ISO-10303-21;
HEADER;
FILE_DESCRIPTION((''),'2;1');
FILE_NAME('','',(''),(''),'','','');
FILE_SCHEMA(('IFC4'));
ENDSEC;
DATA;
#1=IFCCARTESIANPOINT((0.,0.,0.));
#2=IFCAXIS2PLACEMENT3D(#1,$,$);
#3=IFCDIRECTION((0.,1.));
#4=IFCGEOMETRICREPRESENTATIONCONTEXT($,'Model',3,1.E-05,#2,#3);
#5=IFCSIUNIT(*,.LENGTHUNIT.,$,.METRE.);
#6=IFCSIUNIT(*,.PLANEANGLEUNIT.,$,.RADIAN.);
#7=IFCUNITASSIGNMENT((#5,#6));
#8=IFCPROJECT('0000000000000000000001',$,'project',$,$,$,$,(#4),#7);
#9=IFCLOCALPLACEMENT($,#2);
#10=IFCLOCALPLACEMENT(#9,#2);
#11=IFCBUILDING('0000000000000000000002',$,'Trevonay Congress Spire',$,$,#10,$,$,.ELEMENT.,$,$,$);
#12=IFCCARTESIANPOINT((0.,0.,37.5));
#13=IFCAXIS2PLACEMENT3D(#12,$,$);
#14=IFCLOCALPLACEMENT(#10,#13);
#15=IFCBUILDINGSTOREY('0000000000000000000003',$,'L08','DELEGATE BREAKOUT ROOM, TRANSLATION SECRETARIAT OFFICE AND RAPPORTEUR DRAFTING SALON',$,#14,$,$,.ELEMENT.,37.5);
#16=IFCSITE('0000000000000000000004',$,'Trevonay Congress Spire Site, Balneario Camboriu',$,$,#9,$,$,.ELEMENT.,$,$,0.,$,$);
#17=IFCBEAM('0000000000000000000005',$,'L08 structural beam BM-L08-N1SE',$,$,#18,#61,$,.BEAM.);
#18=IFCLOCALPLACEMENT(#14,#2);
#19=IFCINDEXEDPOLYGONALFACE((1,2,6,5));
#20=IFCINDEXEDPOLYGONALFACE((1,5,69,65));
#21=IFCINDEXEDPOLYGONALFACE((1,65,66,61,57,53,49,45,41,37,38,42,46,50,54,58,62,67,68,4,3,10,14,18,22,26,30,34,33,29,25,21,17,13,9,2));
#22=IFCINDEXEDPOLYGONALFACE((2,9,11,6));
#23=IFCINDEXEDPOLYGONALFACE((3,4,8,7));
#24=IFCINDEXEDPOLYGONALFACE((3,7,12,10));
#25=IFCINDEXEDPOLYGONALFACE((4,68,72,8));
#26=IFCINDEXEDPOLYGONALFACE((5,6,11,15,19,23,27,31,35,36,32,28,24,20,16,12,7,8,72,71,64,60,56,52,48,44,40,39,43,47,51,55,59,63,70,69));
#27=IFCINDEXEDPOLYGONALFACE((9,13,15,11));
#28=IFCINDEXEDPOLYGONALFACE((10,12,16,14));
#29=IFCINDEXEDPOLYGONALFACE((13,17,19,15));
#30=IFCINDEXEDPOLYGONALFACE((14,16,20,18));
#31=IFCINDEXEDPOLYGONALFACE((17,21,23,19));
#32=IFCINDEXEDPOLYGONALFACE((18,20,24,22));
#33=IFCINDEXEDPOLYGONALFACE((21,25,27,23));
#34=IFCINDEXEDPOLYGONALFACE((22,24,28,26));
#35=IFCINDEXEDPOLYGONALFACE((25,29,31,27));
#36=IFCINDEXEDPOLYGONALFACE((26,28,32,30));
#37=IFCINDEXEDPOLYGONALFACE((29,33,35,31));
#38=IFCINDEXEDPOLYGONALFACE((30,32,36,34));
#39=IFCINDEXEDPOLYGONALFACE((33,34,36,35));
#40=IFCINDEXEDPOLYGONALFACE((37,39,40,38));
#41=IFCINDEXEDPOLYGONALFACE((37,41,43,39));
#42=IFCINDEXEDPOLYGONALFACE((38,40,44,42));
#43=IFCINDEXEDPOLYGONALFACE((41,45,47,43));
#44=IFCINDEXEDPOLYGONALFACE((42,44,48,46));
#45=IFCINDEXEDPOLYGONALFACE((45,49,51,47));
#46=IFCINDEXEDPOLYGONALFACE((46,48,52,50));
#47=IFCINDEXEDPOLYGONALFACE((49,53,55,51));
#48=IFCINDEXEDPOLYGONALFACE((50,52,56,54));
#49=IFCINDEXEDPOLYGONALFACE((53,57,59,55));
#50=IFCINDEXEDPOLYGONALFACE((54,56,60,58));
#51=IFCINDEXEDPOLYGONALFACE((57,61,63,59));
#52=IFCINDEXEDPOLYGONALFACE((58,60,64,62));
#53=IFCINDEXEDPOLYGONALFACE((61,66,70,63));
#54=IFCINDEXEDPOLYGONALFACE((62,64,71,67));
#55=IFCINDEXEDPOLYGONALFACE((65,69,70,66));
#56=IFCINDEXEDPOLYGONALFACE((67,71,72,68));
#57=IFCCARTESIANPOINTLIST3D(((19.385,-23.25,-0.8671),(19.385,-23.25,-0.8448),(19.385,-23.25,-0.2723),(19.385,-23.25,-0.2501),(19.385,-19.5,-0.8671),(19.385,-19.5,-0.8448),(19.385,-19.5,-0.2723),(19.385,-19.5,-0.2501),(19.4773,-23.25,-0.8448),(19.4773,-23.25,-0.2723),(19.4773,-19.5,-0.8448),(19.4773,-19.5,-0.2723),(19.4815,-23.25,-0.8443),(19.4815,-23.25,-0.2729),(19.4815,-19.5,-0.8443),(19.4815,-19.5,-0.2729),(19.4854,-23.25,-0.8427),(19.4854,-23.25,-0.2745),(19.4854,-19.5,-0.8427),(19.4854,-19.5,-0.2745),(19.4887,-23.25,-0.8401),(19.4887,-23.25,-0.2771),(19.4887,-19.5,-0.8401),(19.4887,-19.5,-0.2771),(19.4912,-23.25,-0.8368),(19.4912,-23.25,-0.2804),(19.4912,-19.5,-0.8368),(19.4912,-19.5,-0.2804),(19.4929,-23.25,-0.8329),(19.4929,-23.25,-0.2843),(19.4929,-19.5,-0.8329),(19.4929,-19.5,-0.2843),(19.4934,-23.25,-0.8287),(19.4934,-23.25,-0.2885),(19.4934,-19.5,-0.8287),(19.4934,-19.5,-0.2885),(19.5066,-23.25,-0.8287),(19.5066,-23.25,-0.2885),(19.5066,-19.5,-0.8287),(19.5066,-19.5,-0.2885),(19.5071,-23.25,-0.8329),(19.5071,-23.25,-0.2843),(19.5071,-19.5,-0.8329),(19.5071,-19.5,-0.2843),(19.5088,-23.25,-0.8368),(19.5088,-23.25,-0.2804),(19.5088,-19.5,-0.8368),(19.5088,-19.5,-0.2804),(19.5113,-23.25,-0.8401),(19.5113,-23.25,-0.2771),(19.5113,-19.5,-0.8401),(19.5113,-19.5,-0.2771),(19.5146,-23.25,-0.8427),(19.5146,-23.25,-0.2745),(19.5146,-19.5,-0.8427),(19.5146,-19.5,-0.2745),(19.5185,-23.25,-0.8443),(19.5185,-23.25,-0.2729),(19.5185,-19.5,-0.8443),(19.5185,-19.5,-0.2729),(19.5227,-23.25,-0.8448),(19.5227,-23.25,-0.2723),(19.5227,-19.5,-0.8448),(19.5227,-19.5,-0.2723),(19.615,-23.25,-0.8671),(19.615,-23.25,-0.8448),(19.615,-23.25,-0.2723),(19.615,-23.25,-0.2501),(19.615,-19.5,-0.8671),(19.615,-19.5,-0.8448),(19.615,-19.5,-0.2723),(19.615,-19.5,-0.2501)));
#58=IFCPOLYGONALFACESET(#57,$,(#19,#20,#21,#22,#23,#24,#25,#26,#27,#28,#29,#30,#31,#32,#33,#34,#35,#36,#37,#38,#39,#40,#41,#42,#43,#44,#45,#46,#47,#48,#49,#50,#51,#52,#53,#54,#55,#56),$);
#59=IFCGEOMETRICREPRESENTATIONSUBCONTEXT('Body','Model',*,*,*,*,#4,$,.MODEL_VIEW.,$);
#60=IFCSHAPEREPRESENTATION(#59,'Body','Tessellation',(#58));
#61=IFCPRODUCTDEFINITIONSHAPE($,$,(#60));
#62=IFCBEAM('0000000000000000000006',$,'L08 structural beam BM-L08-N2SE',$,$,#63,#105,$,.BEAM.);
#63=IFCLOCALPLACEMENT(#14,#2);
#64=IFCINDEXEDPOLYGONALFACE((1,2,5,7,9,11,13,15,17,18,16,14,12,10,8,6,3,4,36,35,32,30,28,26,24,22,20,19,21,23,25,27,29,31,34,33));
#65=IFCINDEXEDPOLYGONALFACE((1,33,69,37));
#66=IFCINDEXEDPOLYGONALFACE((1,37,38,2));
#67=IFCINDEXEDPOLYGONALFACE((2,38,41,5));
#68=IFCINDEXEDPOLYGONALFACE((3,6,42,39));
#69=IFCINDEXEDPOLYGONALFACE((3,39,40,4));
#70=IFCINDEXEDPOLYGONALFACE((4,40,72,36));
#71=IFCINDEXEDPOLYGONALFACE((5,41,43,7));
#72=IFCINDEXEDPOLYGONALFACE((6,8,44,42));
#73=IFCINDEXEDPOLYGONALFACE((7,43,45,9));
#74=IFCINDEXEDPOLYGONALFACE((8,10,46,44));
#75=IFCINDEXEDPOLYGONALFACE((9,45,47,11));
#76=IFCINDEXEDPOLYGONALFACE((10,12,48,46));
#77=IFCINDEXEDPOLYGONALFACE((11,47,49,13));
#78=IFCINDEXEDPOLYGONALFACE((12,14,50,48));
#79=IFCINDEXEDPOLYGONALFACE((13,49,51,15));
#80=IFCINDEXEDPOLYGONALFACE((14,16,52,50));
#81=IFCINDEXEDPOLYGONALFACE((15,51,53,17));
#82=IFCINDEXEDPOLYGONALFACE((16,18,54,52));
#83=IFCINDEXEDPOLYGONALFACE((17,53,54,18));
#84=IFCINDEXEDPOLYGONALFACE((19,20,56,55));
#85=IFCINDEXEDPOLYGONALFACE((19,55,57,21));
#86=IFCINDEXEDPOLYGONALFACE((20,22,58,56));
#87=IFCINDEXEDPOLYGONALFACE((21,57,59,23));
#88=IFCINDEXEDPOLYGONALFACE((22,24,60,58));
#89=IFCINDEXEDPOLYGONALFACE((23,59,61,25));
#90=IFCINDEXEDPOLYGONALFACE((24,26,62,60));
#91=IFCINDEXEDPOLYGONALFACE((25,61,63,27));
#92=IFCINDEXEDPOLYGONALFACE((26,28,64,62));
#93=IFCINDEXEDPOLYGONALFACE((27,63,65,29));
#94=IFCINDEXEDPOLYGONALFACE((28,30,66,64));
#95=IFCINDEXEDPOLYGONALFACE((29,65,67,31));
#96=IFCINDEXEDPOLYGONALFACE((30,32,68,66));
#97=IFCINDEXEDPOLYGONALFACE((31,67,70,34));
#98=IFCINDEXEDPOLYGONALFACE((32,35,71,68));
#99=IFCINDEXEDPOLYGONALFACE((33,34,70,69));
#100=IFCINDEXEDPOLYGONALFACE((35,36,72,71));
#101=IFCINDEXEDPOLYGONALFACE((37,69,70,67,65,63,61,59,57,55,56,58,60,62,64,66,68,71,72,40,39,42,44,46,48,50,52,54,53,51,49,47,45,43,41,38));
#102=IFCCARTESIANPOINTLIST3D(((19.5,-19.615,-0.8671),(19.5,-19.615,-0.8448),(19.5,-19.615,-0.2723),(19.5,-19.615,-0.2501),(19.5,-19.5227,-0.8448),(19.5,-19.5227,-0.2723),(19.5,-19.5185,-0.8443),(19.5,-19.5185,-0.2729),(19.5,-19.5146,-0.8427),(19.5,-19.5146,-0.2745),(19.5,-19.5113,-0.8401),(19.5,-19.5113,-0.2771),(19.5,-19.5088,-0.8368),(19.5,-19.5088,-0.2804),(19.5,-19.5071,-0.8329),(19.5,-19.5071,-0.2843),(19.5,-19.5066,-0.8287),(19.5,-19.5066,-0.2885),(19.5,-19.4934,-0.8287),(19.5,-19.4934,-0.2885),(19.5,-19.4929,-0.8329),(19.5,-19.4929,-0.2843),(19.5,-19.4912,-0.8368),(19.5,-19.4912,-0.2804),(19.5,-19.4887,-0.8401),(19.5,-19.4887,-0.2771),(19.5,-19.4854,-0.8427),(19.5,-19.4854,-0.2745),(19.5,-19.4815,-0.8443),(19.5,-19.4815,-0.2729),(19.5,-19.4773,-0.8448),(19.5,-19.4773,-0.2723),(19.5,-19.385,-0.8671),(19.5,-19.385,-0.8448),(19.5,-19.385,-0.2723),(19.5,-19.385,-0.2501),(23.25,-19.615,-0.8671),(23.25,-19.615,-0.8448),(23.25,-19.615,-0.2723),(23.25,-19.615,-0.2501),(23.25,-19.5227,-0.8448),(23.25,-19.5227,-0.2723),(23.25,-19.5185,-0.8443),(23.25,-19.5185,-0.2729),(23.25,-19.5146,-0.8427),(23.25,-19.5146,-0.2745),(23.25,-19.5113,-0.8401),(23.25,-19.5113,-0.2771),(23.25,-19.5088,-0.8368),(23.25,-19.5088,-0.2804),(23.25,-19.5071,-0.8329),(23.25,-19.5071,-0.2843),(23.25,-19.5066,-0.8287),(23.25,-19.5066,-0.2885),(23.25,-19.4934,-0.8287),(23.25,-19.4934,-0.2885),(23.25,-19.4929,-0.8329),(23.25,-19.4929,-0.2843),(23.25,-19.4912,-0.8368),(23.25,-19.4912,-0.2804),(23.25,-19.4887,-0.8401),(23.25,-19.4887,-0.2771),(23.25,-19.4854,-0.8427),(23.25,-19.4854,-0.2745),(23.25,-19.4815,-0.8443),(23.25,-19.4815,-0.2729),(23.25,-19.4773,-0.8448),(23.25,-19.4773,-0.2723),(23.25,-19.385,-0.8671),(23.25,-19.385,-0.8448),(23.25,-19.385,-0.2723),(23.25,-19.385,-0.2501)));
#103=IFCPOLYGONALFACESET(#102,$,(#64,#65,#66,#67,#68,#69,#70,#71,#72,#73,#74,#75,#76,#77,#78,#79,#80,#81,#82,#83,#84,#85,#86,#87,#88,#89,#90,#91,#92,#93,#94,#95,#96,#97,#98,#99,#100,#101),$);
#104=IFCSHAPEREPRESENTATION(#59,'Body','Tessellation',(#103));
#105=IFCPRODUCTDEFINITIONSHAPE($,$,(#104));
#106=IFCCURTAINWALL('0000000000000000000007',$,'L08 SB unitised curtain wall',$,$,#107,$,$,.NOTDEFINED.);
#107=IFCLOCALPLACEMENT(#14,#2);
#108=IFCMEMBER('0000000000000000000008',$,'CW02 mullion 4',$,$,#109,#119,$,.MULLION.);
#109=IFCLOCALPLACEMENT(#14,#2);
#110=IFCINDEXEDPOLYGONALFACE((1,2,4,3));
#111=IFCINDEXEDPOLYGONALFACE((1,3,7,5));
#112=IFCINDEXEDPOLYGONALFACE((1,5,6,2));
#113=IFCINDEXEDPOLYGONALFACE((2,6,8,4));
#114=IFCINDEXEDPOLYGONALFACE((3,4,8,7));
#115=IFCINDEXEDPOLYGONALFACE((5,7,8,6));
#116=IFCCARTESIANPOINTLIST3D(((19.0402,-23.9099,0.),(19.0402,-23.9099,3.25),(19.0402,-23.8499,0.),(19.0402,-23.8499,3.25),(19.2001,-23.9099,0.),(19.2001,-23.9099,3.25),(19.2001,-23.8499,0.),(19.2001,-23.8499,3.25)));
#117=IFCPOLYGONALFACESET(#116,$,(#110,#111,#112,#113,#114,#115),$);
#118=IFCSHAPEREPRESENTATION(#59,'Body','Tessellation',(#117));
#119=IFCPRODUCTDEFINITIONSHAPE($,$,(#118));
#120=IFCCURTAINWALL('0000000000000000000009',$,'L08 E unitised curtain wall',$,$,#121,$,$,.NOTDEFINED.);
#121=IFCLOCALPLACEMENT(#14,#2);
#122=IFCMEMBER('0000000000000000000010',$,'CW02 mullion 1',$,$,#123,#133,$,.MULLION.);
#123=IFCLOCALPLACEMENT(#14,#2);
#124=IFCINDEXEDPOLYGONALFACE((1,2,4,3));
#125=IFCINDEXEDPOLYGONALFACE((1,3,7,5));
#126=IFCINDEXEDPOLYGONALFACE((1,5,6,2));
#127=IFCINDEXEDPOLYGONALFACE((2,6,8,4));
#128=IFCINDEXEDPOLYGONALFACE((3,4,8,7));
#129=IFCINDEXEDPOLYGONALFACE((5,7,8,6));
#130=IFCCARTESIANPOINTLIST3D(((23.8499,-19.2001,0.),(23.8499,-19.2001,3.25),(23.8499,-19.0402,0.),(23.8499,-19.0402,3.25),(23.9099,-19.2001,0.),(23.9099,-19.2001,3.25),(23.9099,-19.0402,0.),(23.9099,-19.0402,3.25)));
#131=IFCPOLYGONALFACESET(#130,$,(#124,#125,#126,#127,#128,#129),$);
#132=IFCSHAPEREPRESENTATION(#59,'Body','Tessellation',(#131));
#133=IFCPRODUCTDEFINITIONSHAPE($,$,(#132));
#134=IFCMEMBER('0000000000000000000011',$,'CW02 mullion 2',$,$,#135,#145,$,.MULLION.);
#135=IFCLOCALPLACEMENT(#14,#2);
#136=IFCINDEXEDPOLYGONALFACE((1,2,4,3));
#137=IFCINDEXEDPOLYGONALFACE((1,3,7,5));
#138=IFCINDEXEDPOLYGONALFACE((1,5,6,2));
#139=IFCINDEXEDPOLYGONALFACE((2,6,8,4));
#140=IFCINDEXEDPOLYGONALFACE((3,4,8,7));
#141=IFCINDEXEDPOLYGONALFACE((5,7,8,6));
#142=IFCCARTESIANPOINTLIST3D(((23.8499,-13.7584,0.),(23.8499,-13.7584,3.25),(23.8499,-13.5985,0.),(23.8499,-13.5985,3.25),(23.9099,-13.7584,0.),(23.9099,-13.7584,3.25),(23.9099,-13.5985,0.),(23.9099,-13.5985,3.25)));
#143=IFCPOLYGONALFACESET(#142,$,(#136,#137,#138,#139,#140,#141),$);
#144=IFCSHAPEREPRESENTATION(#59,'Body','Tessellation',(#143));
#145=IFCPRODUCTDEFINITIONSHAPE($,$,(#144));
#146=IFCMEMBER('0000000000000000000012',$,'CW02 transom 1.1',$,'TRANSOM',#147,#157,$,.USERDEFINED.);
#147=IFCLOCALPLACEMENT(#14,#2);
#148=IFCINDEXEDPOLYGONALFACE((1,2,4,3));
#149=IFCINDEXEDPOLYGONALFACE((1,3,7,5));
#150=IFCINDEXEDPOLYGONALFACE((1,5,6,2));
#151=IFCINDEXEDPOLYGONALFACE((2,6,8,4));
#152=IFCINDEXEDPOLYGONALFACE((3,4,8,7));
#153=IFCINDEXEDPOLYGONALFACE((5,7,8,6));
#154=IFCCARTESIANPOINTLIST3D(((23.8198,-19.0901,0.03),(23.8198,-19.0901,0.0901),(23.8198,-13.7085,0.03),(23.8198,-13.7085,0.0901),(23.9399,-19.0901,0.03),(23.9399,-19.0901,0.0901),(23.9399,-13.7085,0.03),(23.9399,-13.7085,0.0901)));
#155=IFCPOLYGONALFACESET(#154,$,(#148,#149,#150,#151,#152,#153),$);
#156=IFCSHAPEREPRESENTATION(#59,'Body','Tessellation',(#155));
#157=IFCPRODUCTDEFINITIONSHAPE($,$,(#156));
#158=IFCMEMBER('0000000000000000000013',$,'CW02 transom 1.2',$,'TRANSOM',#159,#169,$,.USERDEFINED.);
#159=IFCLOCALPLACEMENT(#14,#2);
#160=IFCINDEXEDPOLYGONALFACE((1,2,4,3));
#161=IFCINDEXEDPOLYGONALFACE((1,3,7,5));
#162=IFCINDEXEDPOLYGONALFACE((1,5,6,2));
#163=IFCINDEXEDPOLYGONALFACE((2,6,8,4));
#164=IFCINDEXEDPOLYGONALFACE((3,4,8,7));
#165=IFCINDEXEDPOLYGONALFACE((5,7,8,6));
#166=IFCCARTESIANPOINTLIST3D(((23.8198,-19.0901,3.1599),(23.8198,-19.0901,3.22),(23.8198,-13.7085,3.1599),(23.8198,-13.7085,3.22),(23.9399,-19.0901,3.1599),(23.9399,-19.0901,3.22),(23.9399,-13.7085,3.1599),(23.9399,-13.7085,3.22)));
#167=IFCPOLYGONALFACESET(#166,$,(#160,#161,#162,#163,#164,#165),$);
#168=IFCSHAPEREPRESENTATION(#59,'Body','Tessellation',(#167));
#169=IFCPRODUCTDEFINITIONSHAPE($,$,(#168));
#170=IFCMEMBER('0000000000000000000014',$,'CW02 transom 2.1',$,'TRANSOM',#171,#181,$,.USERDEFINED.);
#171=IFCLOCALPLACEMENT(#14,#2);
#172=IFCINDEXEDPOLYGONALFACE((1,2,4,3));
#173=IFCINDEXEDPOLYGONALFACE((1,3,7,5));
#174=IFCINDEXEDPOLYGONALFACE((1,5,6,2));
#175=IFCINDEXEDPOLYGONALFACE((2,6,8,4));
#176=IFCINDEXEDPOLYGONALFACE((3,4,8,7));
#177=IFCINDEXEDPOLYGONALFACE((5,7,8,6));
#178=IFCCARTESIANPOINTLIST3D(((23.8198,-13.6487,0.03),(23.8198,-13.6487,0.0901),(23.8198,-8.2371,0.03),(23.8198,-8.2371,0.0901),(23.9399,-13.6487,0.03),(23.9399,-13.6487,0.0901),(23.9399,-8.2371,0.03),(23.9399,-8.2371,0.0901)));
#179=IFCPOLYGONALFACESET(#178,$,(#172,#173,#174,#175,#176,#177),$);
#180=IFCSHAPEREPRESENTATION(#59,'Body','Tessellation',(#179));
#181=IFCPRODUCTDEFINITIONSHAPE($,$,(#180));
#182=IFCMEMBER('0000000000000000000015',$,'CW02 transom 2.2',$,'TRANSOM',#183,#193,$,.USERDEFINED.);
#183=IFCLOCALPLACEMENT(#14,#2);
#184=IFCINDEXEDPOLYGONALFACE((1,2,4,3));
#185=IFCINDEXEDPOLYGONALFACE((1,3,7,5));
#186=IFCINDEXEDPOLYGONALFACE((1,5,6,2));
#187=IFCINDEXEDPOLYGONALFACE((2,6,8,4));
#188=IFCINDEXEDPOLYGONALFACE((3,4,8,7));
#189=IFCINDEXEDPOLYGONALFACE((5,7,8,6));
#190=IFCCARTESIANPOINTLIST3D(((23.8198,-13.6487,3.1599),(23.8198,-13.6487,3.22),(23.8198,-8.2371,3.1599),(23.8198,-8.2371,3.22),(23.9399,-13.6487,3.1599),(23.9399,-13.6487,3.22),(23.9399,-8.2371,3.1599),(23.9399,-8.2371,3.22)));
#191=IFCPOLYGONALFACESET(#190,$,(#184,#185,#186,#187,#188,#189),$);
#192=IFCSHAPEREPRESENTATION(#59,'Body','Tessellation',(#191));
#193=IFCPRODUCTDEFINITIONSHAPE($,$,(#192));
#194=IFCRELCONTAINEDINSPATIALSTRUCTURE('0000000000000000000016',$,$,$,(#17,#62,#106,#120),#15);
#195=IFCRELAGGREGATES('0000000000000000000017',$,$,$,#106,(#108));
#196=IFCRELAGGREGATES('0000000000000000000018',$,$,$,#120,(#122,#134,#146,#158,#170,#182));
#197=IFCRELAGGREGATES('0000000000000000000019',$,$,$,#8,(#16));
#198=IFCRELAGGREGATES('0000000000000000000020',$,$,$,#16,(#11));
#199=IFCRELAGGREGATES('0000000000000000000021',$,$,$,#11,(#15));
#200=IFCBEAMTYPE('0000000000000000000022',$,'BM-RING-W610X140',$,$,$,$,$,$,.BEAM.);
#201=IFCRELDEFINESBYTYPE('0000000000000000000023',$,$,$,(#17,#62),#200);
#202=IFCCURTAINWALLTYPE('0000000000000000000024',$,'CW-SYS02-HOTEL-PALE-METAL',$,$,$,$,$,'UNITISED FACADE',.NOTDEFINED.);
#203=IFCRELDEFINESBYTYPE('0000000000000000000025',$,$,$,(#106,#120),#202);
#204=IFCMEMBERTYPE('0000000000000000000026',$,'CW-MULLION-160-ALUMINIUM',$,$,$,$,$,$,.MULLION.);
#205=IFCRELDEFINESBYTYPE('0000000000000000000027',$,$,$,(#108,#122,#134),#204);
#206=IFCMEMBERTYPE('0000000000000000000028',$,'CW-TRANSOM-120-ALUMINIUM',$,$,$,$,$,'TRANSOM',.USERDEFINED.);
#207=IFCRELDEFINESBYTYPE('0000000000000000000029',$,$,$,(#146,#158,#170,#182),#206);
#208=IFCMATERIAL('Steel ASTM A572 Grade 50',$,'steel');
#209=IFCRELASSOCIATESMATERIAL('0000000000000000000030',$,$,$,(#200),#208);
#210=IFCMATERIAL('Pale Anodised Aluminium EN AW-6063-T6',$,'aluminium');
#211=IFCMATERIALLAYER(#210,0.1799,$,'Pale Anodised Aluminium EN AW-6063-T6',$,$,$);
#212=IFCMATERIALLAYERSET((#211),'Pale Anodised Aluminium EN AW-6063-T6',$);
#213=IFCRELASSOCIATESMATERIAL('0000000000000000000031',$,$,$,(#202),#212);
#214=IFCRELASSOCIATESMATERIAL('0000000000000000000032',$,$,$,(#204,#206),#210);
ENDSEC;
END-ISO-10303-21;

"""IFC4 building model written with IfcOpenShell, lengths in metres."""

from ifc_helpers import new_model, si_unit, direction, frame, origin, origin_2d, place, context, subcontext, project, spatial, rectangle, i_section, extrude, material, layer, layer_set, material_profile, profile_set, type_object, element, aggregate, save


model = new_model("IFC4")

# Units and contexts
model_context = context("Model", 3, precision=1e-05, world=origin(), true_north=direction((0.0, 1.0)))
body_context = subcontext(model_context, "Body", "Model", "MODEL_VIEW")
ifc_project = project(units=[si_unit("LENGTHUNIT", "METRE"), si_unit("PLANEANGLEUNIT", "RADIAN")], contexts=[model_context])

# Site, building, storey
site_placement = place(None, origin())
site = spatial("IfcSite", under=ifc_project, at=site_placement, Name="Trevonay Congress Spire Site, Balneario Camboriu", CompositionType="ELEMENT", RefElevation=0.0)
building_placement = place(site_placement, origin())
building = spatial("IfcBuilding", under=site, at=building_placement, Name="Trevonay Congress Spire", CompositionType="ELEMENT")
storey_placement = place(building_placement, frame((0.0, 0.0, 37.5)))
storey = spatial("IfcBuildingStorey", under=building, at=storey_placement, Name="L08", Description="DELEGATE BREAKOUT ROOM, TRANSLATION SECRETARIAT OFFICE AND RAPPORTEUR DRAFTING SALON", CompositionType="ELEMENT", Elevation=37.5)

# Shared definitions
ifc_material_1 = material(Name="Steel ASTM A572 Grade 50", Category="steel")

# Beams
ifc_material_profile_1 = material_profile(ifc_material_1, i_section(OverallWidth=0.23, OverallDepth=0.6169, WebThickness=0.0132, FlangeThickness=0.0222, FilletRadius=0.0161, at=origin_2d()), Name="W610x140")
ifc_profile_set_1 = profile_set([ifc_material_profile_1], Name="Steel ASTM A572 Grade 50")
beam_type_1 = type_object("IfcBeamType", Name="BM-RING-W610X140", PredefinedType="BEAM", material=ifc_profile_set_1)
for number, where, z_axis, x_axis, name in (
    (1, (19.5, -23.25, -0.5586), (0.0, 1.0, 0.0), (-1.0, 0.0, 0.0), "L08 structural beam BM-L08-N1SE"),
    (2, (23.25, -19.5, -0.5586), (-1.0, 0.0, 0.0), (0.0, -1.0, 0.0), "L08 structural beam BM-L08-N2SE"),
):
    element("IfcBeam", number, at=place(storey_placement, frame(where, z_axis=z_axis, x_axis=x_axis)), inside=storey, type_object=beam_type_1, Name=name, PredefinedType="BEAM", context=body_context, shape_type="SweptSolid", body=[
        extrude(i_section(OverallWidth=0.23, OverallDepth=0.6169, WebThickness=0.0132, FlangeThickness=0.0222, FilletRadius=0.0161, at=origin_2d()), origin(), (0.0, 0.0, 1.0), 3.75),
    ])

# Curtain wall, member
ifc_material_2 = material(Name="Pale Anodised Aluminium EN AW-6063-T6", Category="aluminium")
ifc_layer_1 = layer(ifc_material_2, 0.1799, Name="Pale Anodised Aluminium EN AW-6063-T6")
ifc_layer_set_1 = layer_set([ifc_layer_1], Name="Pale Anodised Aluminium EN AW-6063-T6")
curtain_wall_type = type_object("IfcCurtainWallType", Name="CW-SYS02-HOTEL-PALE-METAL", ElementType="UNITISED FACADE", PredefinedType="NOTDEFINED", material=ifc_layer_set_1)
curtain_wall_1_placement = place(storey_placement, origin())
curtain_wall_1 = element("IfcCurtainWall", 3, at=curtain_wall_1_placement, inside=storey, type_object=curtain_wall_type, Name="L08 SB unitised curtain wall", PredefinedType="NOTDEFINED")
ifc_material_profile_2 = material_profile(ifc_material_2, rectangle(XDim=0.0601, YDim=0.1599, at=origin_2d()), Name="CW-MULLION-160-ALUMINIUM")
ifc_profile_set_2 = profile_set([ifc_material_profile_2], Name="Pale Anodised Aluminium EN AW-6063-T6")
member_type_1 = type_object("IfcMemberType", Name="CW-MULLION-160-ALUMINIUM", PredefinedType="MULLION", material=ifc_profile_set_2)
member_1_placement = place(storey_placement, frame((19.1201, -23.8799, 0.0), z_axis=(0.0, 0.0, 1.0), x_axis=(0.0, 1.0, 0.0)))
member_1 = element("IfcMember", 4, at=member_1_placement, type_object=member_type_1, Name="CW02 mullion 4", PredefinedType="MULLION", context=body_context, shape_type="SweptSolid", body=[
    extrude(rectangle(XDim=0.0601, YDim=0.1599, at=origin_2d()), origin(), (0.0, 0.0, 1.0), 3.25),
])

# Curtain wall, members
curtain_wall_2_placement = place(storey_placement, origin())
curtain_wall_2 = element("IfcCurtainWall", 5, at=curtain_wall_2_placement, inside=storey, type_object=curtain_wall_type, Name="L08 E unitised curtain wall", PredefinedType="NOTDEFINED")
member_2_placement = place(storey_placement, frame((23.8799, -19.1201, 0.0), z_axis=(0.0, 0.0, 1.0), x_axis=(-1.0, 0.0, 0.0)))
member_2 = element("IfcMember", 6, at=member_2_placement, type_object=member_type_1, Name="CW02 mullion 1", PredefinedType="MULLION", context=body_context, shape_type="SweptSolid", body=[
    extrude(rectangle(XDim=0.0601, YDim=0.1599, at=origin_2d()), origin(), (0.0, 0.0, 1.0), 3.25),
])
member_3_placement = place(storey_placement, frame((23.8799, -13.6785, 0.0), z_axis=(0.0, 0.0, 1.0), x_axis=(-1.0, 0.0, 0.0)))
member_3 = element("IfcMember", 7, at=member_3_placement, type_object=member_type_1, Name="CW02 mullion 2", PredefinedType="MULLION", context=body_context, shape_type="SweptSolid", body=[
    extrude(rectangle(XDim=0.0601, YDim=0.1599, at=origin_2d()), origin(), (0.0, 0.0, 1.0), 3.25),
])
ifc_material_profile_3 = material_profile(ifc_material_2, rectangle(XDim=0.1201, YDim=0.0601, at=origin_2d()), Name="CW-TRANSOM-120-ALUMINIUM")
ifc_profile_set_3 = profile_set([ifc_material_profile_3], Name="Pale Anodised Aluminium EN AW-6063-T6")
member_type_2 = type_object("IfcMemberType", Name="CW-TRANSOM-120-ALUMINIUM", ElementType="TRANSOM", PredefinedType="USERDEFINED", material=ifc_profile_set_3)
member_4_placement = place(storey_placement, frame((23.8799, -19.0901, 0.0601), z_axis=(0.0, 1.0, 0.0), x_axis=(-1.0, 0.0, 0.0)))
member_4 = element("IfcMember", 8, at=member_4_placement, type_object=member_type_2, Name="CW02 transom 1.1", ObjectType="TRANSOM", PredefinedType="USERDEFINED", context=body_context, shape_type="SweptSolid", body=[
    extrude(rectangle(XDim=0.1201, YDim=0.0601, at=origin_2d()), origin(), (0.0, 0.0, 1.0), 5.3816),
])
member_5_placement = place(storey_placement, frame((23.8799, -19.0901, 3.1899), z_axis=(0.0, 1.0, 0.0), x_axis=(-1.0, 0.0, 0.0)))
member_5 = element("IfcMember", 9, at=member_5_placement, type_object=member_type_2, Name="CW02 transom 1.2", ObjectType="TRANSOM", PredefinedType="USERDEFINED", context=body_context, shape_type="SweptSolid", body=[
    extrude(rectangle(XDim=0.1201, YDim=0.0601, at=origin_2d()), origin(), (0.0, 0.0, 1.0), 5.3816),
])
member_6_placement = place(storey_placement, frame((23.8799, -13.6487, 0.0601), z_axis=(0.0, 1.0, 0.0), x_axis=(-1.0, 0.0, 0.0)))
member_6 = element("IfcMember", 10, at=member_6_placement, type_object=member_type_2, Name="CW02 transom 2.1", ObjectType="TRANSOM", PredefinedType="USERDEFINED", context=body_context, shape_type="SweptSolid", body=[
    extrude(rectangle(XDim=0.1201, YDim=0.0601, at=origin_2d()), origin(), (0.0, 0.0, 1.0), 5.4116),
])
member_7_placement = place(storey_placement, frame((23.8799, -13.6487, 3.1899), z_axis=(0.0, 1.0, 0.0), x_axis=(-1.0, 0.0, 0.0)))
member_7 = element("IfcMember", 11, at=member_7_placement, type_object=member_type_2, Name="CW02 transom 2.2", ObjectType="TRANSOM", PredefinedType="USERDEFINED", context=body_context, shape_type="SweptSolid", body=[
    extrude(rectangle(XDim=0.1201, YDim=0.0601, at=origin_2d()), origin(), (0.0, 0.0, 1.0), 5.4116),
])

aggregate(curtain_wall_1, [member_1])
aggregate(curtain_wall_2, [member_2, member_3, member_4, member_5, member_6, member_7])

save(model, "model.ifc")
